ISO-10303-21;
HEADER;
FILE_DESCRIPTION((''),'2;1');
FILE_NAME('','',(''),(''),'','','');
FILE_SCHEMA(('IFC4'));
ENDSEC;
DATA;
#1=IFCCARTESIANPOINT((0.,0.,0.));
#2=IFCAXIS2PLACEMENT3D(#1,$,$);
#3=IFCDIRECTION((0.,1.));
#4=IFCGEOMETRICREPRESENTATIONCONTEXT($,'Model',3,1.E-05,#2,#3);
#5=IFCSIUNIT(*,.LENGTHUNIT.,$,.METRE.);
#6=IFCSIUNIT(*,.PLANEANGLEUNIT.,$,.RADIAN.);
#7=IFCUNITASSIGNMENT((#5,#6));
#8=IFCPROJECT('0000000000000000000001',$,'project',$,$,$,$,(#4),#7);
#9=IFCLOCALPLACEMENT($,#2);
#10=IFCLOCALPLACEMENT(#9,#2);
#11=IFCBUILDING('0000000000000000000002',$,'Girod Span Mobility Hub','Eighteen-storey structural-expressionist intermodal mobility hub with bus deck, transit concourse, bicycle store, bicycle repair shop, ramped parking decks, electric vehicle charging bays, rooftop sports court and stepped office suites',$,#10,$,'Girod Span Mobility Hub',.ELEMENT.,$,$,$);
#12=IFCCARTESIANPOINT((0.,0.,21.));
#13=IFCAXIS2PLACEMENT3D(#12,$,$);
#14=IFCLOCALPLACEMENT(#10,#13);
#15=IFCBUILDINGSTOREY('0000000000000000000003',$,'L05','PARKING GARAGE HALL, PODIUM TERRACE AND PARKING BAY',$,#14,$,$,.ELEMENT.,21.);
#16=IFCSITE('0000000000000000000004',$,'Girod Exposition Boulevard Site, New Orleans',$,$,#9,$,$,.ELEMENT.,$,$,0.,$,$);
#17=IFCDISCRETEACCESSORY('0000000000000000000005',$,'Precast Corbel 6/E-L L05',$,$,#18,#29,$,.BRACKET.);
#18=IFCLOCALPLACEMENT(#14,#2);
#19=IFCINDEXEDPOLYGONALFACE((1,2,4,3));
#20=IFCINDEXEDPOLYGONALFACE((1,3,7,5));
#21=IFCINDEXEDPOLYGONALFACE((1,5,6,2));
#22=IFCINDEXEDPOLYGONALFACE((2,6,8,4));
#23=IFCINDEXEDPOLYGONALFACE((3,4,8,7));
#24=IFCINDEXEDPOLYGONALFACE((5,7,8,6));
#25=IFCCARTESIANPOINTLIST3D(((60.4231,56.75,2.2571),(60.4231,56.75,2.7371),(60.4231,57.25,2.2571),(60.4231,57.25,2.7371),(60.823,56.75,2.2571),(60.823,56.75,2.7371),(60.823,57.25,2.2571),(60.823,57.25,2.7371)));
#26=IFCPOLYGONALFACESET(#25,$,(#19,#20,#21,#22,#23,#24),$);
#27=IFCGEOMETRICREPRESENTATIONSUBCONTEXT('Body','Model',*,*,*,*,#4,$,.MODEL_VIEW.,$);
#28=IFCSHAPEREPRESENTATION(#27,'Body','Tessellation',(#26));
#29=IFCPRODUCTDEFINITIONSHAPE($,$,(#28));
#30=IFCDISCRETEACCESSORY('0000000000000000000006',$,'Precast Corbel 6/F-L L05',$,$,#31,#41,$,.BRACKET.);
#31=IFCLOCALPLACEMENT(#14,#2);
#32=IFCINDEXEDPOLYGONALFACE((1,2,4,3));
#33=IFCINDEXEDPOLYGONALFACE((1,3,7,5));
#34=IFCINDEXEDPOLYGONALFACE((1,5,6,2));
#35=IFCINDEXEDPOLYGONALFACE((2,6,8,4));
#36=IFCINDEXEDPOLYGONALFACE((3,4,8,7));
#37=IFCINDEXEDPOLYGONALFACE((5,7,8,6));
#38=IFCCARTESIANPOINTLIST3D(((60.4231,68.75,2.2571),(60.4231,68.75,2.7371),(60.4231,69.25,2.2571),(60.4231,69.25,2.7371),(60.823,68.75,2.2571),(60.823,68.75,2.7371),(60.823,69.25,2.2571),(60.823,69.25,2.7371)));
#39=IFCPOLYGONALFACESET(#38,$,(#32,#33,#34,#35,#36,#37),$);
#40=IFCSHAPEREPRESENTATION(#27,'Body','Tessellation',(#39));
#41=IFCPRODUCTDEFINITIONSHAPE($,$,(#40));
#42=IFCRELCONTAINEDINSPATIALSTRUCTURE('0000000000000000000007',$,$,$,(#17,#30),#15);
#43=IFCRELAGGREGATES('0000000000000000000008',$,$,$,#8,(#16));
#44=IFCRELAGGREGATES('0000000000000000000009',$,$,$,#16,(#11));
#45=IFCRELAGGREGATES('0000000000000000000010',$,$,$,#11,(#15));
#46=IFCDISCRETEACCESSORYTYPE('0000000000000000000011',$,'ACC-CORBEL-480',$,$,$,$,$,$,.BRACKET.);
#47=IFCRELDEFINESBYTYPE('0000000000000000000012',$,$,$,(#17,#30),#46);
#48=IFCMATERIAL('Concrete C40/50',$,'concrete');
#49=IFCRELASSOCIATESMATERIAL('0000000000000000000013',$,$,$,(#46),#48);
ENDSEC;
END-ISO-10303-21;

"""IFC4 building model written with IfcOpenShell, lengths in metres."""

from ifc_helpers import new_model, si_unit, direction, frame, origin, origin_2d, place, context, subcontext, project, spatial, rectangle, extrude, material, type_object, element, save


model = new_model("IFC4")

# Units and contexts
model_context = context("Model", 3, precision=1e-05, world=origin(), true_north=direction((0.0, 1.0)))
body_context = subcontext(model_context, "Body", "Model", "MODEL_VIEW")
ifc_project = project(units=[si_unit("LENGTHUNIT", "METRE"), si_unit("PLANEANGLEUNIT", "RADIAN")], contexts=[model_context])

# Site, building, storey
site_placement = place(None, origin())
site = spatial("IfcSite", under=ifc_project, at=site_placement, Name="Girod Exposition Boulevard Site, New Orleans", CompositionType="ELEMENT", RefElevation=0.0)
building_placement = place(site_placement, origin())
building = spatial("IfcBuilding", under=site, at=building_placement, Name="Girod Span Mobility Hub", Description="Eighteen-storey structural-expressionist intermodal mobility hub with bus deck, transit concourse, bicycle store, bicycle repair shop, ramped parking decks, electric vehicle charging bays, rooftop sports court and stepped office suites", LongName="Girod Span Mobility Hub", CompositionType="ELEMENT")
storey_placement = place(building_placement, frame((0.0, 0.0, 21.0)))
storey = spatial("IfcBuildingStorey", under=building, at=storey_placement, Name="L05", Description="PARKING GARAGE HALL, PODIUM TERRACE AND PARKING BAY", CompositionType="ELEMENT", Elevation=21.0)

# Discrete accessories
ifc_material_1 = material(Name="Concrete C40/50", Category="concrete")
discrete_accessory_type = type_object("IfcDiscreteAccessoryType", Name="ACC-CORBEL-480", PredefinedType="BRACKET", material=ifc_material_1)
for number, where, z_axis, x_axis, name in (
    (1, (60.623, 57.0, 2.2571), (0.0, 0.0, 1.0), (1.0, 0.0, 0.0), "Precast Corbel 6/E-L L05"),
    (2, (60.623, 69.0, 2.2571), (0.0, 0.0, 1.0), (1.0, 0.0, 0.0), "Precast Corbel 6/F-L L05"),
):
    element("IfcDiscreteAccessory", number, at=place(storey_placement, frame(where, z_axis=z_axis, x_axis=x_axis)), inside=storey, type_object=discrete_accessory_type, Name=name, PredefinedType="BRACKET", context=body_context, shape_type="SweptSolid", body=[
        extrude(rectangle(XDim=0.3999, YDim=0.5, at=origin_2d()), origin(), (0.0, 0.0, 1.0), 0.48),
    ])

save(model, "model.ifc")
